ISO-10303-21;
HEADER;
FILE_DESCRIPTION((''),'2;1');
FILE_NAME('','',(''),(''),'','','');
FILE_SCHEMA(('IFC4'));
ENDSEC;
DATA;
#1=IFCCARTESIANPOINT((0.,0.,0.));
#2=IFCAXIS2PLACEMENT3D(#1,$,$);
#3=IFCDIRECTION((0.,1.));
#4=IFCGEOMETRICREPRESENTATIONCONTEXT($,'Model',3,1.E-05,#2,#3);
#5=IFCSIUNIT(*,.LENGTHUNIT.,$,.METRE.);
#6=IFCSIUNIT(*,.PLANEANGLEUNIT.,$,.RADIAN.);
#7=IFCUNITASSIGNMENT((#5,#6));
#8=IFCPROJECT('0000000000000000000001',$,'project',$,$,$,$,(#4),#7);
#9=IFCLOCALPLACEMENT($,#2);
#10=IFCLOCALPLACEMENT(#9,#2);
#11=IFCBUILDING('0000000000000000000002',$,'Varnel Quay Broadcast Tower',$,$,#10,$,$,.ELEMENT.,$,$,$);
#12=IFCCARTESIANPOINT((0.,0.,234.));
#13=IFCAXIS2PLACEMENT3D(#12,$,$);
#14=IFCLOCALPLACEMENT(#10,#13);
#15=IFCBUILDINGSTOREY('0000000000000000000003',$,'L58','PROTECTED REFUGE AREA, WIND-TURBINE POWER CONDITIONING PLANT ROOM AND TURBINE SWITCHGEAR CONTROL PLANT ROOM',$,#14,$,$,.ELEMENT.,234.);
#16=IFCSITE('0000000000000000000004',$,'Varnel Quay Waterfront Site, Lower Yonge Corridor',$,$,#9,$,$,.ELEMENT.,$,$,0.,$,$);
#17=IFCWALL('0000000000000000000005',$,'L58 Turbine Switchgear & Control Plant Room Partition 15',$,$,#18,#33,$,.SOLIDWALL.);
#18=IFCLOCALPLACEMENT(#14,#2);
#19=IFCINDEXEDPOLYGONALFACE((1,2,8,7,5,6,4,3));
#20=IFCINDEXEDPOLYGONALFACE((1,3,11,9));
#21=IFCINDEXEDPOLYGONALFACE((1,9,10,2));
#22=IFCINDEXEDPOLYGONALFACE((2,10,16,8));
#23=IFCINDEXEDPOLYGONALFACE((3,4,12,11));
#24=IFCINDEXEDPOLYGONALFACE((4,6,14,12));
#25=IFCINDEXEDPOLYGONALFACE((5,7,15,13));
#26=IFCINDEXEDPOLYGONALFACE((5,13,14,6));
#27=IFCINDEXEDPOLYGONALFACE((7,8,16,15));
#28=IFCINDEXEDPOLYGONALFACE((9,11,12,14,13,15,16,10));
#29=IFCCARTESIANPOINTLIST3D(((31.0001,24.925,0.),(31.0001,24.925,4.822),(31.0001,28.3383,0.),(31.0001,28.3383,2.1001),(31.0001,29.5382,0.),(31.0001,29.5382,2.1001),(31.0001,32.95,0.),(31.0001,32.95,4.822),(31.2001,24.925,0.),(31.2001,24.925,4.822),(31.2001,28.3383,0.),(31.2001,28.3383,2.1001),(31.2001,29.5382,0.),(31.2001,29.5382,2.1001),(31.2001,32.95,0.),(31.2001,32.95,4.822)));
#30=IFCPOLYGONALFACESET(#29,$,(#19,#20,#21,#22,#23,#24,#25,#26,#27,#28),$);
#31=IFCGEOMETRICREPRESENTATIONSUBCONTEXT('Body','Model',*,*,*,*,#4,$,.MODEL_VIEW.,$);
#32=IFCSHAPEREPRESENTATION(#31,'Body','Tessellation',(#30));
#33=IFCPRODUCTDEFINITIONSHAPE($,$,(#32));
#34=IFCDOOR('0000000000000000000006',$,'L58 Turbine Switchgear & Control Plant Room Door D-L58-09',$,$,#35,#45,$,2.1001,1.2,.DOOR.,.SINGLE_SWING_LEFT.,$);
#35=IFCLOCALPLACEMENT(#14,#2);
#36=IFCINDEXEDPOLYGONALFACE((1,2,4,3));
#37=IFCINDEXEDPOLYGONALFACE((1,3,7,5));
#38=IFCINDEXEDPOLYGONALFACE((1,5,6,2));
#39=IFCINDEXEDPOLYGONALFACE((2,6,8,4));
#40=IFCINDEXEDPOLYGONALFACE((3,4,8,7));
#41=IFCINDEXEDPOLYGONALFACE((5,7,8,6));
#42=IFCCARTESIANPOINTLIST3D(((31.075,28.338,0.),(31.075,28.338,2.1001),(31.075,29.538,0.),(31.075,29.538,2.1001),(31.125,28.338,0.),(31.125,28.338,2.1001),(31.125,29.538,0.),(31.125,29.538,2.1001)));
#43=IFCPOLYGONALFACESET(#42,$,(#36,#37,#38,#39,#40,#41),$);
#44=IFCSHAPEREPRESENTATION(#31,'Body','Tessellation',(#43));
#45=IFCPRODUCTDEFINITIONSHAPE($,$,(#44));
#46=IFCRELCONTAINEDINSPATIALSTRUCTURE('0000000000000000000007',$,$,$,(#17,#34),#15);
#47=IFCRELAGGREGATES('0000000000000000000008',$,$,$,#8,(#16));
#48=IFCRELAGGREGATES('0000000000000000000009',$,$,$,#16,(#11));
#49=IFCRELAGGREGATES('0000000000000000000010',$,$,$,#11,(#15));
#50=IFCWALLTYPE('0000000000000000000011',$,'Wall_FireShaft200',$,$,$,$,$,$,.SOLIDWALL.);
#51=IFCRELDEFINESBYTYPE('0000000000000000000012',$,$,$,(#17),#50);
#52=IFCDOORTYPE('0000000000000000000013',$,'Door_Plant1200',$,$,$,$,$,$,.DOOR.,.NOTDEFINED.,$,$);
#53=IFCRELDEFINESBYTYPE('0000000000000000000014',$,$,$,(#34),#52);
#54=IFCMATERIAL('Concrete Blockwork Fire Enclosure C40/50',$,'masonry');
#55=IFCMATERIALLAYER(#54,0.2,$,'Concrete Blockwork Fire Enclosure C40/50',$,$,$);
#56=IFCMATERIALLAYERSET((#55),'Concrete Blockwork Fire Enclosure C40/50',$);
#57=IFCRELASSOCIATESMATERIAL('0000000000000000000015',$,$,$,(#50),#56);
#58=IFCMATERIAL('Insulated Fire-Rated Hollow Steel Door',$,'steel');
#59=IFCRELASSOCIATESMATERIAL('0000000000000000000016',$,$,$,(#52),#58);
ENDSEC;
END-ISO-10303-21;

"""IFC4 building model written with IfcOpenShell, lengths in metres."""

from ifc_helpers import new_model, si_unit, direction, frame, frame_2d, origin, place, context, subcontext, project, spatial, rectangle, extrude, source, transform, mapped, material, layer, layer_set, type_object, type_shapes, element, fill, save


model = new_model("IFC4")

# Units and contexts
model_context = context("Model", 3, precision=1e-05, world=origin(), true_north=direction((0.0, 1.0)))
body_context = subcontext(model_context, "Body", "Model", "MODEL_VIEW")
ifc_project = project(units=[si_unit("LENGTHUNIT", "METRE"), si_unit("PLANEANGLEUNIT", "RADIAN")], contexts=[model_context])

# Site, building, storey
site_placement = place(None, origin())
site = spatial("IfcSite", under=ifc_project, at=site_placement, Name="Varnel Quay Waterfront Site, Lower Yonge Corridor", CompositionType="ELEMENT", RefElevation=0.0)
building_placement = place(site_placement, origin())
building = spatial("IfcBuilding", under=site, at=building_placement, Name="Varnel Quay Broadcast Tower", CompositionType="ELEMENT")
storey_placement = place(building_placement, frame((0.0, 0.0, 234.0)))
storey = spatial("IfcBuildingStorey", under=building, at=storey_placement, Name="L58", Description="PROTECTED REFUGE AREA, WIND-TURBINE POWER CONDITIONING PLANT ROOM AND TURBINE SWITCHGEAR CONTROL PLANT ROOM", CompositionType="ELEMENT", Elevation=234.0)

# Shared definitions
ifc_material_1 = material(Name="Concrete Blockwork Fire Enclosure C40/50", Category="masonry")
ifc_layer_1 = layer(ifc_material_1, 0.2, Name="Concrete Blockwork Fire Enclosure C40/50")
ifc_layer_set_1 = layer_set([ifc_layer_1], Name="Concrete Blockwork Fire Enclosure C40/50")
wall_type = type_object("IfcWallType", Name="Wall_FireShaft200", PredefinedType="SOLIDWALL", material=ifc_layer_set_1)

# Wall, opening, door
wall_1_placement = place(storey_placement, frame((31.1001, 24.925, 0.0), z_axis=(0.0, 0.0, 1.0), x_axis=(0.0, 1.0, 0.0)))
wall_1 = element("IfcWall", 1, at=wall_1_placement, inside=storey, type_object=wall_type, Name="L58 Turbine Switchgear & Control Plant Room Partition 15", PredefinedType="SOLIDWALL", context=body_context, shape_type="SweptSolid", body=[
    extrude(rectangle(XDim=8.0249, YDim=0.2, at=frame_2d((4.0125, 0.0))), origin(), (0.0, 0.0, 1.0), 4.822),
])
opening_placement = place(wall_1_placement, frame((3.4131, 0.0, 0.0)))
opening = element("IfcOpeningElement", 2, at=opening_placement, cuts=wall_1, PredefinedType="OPENING", context=body_context, shape_type="SweptSolid", body=[
    extrude(rectangle(XDim=1.2, YDim=2.1001, at=frame_2d((0.6001, 1.05))), frame((0.0, 0.1099, 0.0), z_axis=(0.0, -1.0, 0.0), x_axis=(1.0, 0.0, 0.0)), (0.0, 0.0, 1.0), 0.22),
])
ifc_material_2 = material(Name="Insulated Fire-Rated Hollow Steel Door", Category="steel")
door_type = type_object("IfcDoorType", Name="Door_Plant1200", OperationType="NOTDEFINED", PredefinedType="DOOR", material=ifc_material_2)
shared_shape_1 = source(origin(), body_context, "Body", "SweptSolid", [
    extrude(rectangle(XDim=1.2, YDim=2.1001, at=frame_2d((0.6001, 1.05))), frame((0.0, 0.0249, 0.0), z_axis=(0.0, -1.0, 0.0), x_axis=(1.0, 0.0, 0.0)), (0.0, 0.0, 1.0), 0.05),
])
type_shapes(door_type, [shared_shape_1])
door_placement = place(opening_placement, frame((1.2, 0.0, 0.0), z_axis=(0.0, 0.0, 1.0), x_axis=(-1.0, 0.0, 0.0)))
door = element("IfcDoor", 3, at=door_placement, inside=storey, type_object=door_type, Name="L58 Turbine Switchgear & Control Plant Room Door D-L58-09", OperationType="SINGLE_SWING_LEFT", OverallHeight=2.1001, OverallWidth=1.2, PredefinedType="DOOR", context=body_context, shape_type="MappedRepresentation", body=[
    mapped(shared_shape_1, transform((0.0, 0.0, 0.0), x_axis=(1.0, 0.0, 0.0), y_axis=(0.0, 1.0, 0.0), z_axis=(0.0, 0.0, 1.0), scale=1.0)),
])
fill(opening, door)

save(model, "model.ifc")
